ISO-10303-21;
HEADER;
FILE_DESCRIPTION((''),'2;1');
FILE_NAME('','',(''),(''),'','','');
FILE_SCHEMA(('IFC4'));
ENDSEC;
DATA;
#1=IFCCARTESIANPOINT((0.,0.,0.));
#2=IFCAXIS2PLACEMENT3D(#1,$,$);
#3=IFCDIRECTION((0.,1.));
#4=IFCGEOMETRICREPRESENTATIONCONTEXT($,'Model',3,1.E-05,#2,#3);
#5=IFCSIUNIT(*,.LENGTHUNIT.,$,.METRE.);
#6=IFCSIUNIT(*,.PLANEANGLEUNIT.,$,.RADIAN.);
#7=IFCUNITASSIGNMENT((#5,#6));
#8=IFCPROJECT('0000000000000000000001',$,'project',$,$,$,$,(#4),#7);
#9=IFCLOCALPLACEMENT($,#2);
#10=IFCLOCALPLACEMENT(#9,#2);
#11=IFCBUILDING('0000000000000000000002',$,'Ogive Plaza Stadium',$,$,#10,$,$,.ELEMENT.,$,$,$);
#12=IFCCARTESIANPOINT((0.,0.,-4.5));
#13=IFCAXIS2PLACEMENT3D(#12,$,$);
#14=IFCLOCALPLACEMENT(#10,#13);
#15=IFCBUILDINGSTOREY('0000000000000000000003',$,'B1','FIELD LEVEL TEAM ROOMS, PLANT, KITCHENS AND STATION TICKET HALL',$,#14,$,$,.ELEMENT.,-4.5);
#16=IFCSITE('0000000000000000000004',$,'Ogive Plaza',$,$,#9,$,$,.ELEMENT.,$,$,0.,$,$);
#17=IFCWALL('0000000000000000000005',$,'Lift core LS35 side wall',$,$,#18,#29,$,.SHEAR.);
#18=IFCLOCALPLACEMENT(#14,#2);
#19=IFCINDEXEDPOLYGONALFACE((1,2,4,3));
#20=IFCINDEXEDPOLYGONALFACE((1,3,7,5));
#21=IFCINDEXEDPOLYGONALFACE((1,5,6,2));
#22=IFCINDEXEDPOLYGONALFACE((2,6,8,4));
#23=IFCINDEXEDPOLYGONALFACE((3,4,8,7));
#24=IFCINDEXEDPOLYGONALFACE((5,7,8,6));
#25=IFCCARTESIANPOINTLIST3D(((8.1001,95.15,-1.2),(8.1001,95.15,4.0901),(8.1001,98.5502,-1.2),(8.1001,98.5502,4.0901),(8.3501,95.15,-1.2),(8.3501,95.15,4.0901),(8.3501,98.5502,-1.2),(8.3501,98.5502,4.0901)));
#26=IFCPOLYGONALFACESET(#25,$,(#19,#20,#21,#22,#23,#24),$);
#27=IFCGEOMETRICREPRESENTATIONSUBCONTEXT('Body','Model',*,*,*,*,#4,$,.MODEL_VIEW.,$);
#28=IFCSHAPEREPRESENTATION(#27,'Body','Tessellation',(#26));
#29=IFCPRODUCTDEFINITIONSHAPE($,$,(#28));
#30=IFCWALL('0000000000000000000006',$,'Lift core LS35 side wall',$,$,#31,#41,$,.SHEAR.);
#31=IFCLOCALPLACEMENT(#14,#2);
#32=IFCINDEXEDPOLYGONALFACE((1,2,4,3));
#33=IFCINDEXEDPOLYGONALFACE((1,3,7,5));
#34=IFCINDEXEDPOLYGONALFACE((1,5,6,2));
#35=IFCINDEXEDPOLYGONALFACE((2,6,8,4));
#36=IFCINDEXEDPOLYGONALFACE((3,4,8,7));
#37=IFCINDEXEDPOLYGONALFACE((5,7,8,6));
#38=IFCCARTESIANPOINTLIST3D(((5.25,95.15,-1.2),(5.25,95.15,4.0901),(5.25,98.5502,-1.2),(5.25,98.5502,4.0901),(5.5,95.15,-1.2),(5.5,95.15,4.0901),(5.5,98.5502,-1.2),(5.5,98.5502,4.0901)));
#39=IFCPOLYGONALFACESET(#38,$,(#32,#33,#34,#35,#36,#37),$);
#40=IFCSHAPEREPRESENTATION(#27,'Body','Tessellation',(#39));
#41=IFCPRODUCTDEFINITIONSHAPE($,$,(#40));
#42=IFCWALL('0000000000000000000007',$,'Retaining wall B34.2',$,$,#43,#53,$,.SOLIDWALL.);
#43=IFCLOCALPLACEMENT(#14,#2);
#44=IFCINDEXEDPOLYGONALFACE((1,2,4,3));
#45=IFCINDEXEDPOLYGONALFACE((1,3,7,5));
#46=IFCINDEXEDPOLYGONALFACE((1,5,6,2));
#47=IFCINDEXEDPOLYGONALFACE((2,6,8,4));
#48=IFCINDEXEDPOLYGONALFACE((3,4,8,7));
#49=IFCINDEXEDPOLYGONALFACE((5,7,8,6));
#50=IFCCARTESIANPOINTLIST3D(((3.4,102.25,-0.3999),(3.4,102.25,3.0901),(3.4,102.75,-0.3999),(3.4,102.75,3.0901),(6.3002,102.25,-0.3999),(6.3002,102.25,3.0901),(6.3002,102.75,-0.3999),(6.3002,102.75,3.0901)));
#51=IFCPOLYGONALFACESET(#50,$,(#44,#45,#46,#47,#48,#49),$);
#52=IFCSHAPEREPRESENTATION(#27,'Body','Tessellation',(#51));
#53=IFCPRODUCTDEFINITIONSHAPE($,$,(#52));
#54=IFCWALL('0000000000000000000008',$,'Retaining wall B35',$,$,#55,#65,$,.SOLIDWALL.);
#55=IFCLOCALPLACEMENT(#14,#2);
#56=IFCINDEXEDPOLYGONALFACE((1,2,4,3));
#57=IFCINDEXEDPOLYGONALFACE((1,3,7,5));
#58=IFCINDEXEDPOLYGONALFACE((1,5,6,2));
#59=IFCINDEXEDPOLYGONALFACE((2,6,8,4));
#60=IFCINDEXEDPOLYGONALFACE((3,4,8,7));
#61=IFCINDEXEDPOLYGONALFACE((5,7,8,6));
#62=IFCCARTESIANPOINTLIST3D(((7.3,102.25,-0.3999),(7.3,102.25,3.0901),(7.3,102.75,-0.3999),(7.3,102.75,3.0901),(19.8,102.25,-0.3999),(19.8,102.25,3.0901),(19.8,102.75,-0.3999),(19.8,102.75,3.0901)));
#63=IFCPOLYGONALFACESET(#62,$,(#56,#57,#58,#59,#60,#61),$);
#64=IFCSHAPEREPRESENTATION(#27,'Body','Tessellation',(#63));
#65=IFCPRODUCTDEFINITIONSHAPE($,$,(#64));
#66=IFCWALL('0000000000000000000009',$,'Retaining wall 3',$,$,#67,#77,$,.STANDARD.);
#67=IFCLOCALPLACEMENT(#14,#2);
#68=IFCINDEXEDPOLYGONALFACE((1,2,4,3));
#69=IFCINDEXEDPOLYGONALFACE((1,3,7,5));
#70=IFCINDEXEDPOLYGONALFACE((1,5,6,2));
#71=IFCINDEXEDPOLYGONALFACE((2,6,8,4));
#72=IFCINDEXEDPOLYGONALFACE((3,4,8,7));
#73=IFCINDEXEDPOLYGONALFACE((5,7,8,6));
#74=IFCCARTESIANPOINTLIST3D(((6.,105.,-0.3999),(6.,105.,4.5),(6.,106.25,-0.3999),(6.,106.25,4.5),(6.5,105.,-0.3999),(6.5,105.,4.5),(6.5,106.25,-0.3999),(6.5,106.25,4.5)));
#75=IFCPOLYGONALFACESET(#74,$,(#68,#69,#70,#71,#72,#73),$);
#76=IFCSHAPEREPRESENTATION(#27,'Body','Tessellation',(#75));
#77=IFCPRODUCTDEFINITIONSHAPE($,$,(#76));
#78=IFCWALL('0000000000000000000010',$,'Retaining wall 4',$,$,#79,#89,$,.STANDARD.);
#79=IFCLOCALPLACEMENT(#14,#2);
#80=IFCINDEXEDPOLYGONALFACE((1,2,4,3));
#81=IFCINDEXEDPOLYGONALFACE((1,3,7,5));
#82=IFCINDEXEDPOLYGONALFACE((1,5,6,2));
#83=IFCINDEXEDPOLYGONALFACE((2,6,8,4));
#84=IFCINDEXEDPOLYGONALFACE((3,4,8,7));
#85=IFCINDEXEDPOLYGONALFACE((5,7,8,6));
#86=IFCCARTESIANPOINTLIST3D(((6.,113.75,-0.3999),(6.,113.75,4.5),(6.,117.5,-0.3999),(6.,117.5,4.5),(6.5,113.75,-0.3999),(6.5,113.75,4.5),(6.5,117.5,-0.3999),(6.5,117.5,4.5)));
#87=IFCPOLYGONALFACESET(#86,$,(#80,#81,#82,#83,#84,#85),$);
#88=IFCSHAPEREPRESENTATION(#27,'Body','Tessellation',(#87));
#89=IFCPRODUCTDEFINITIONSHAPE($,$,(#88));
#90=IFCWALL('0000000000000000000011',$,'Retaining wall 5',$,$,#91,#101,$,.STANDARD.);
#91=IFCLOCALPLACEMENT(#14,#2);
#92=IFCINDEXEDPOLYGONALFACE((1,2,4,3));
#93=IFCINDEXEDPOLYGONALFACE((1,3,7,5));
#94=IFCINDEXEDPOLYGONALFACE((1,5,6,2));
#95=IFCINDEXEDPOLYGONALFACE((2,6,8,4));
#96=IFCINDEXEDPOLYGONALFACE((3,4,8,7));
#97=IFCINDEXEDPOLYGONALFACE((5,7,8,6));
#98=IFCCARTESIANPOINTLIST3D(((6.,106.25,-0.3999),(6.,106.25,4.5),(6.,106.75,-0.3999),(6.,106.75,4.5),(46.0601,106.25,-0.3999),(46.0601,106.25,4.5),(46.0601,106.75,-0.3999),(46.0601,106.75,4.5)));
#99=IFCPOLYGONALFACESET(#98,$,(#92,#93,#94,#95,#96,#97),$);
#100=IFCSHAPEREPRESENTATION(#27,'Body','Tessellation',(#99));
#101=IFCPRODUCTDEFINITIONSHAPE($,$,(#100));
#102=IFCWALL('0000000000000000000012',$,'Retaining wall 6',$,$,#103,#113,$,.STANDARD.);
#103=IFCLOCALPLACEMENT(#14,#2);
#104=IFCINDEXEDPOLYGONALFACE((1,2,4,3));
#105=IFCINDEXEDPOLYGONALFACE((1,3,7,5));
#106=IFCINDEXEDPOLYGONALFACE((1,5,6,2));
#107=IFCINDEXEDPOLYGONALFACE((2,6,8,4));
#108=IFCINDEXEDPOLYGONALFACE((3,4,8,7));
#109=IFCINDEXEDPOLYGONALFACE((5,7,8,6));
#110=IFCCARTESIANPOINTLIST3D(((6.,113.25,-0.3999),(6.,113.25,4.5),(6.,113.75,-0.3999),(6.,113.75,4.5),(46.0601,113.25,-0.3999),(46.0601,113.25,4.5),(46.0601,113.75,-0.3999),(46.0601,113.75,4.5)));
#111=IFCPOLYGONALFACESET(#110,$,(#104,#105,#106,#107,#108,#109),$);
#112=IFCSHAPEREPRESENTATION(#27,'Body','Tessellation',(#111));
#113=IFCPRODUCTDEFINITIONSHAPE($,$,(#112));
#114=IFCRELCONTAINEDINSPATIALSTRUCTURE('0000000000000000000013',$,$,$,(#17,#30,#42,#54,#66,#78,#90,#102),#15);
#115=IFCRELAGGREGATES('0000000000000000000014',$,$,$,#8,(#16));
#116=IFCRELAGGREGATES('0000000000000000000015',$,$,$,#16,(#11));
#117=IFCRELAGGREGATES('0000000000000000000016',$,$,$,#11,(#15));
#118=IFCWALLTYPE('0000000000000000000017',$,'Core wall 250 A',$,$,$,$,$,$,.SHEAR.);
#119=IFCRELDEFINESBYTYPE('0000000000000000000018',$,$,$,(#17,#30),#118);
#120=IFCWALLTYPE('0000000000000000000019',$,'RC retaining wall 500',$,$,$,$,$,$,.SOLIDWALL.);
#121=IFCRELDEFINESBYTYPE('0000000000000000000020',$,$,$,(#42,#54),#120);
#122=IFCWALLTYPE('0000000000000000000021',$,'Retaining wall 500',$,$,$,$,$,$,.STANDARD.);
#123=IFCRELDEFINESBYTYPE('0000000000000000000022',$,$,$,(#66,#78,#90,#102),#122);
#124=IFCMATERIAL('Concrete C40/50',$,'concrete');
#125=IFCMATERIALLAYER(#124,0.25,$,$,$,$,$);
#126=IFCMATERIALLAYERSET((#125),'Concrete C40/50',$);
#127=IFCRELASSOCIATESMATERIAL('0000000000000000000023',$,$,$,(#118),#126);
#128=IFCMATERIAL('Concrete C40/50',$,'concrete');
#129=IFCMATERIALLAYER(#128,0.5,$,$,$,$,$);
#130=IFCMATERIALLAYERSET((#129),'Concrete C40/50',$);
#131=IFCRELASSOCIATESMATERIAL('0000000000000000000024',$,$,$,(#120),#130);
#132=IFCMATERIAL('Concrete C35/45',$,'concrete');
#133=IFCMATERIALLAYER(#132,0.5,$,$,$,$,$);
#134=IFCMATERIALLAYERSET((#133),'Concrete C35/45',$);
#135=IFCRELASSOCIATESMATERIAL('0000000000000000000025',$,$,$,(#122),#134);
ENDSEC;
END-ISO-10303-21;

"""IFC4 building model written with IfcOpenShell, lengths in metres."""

from ifc_helpers import new_model, si_unit, direction, frame, frame_2d, origin, place, context, subcontext, project, spatial, rectangle, extrude, material, layer, layer_set, type_object, element, save


model = new_model("IFC4")

# Units and contexts
model_context = context("Model", 3, precision=1e-05, world=origin(), true_north=direction((0.0, 1.0)))
body_context = subcontext(model_context, "Body", "Model", "MODEL_VIEW")
ifc_project = project(units=[si_unit("LENGTHUNIT", "METRE"), si_unit("PLANEANGLEUNIT", "RADIAN")], contexts=[model_context])

# Site, building, storey
site_placement = place(None, origin())
site = spatial("IfcSite", under=ifc_project, at=site_placement, Name="Ogive Plaza", CompositionType="ELEMENT", RefElevation=0.0)
building_placement = place(site_placement, origin())
building = spatial("IfcBuilding", under=site, at=building_placement, Name="Ogive Plaza Stadium", CompositionType="ELEMENT")
storey_placement = place(building_placement, frame((0.0, 0.0, -4.5)))
storey = spatial("IfcBuildingStorey", under=building, at=storey_placement, Name="B1", Description="FIELD LEVEL TEAM ROOMS, PLANT, KITCHENS AND STATION TICKET HALL", CompositionType="ELEMENT", Elevation=-4.5)

# Shared definitions
ifc_material_1 = material(Name="Concrete C40/50", Category="concrete")
ifc_layer_1 = layer(ifc_material_1, 0.25)
ifc_layer_set_1 = layer_set([ifc_layer_1], Name="Concrete C40/50")
wall_type_1 = type_object("IfcWallType", Name="Core wall 250 A", PredefinedType="SHEAR", material=ifc_layer_set_1)

# Walls
for number, where, z_axis, x_axis, name in (
    (1, (8.2251, 95.1499, -1.2), (0.0, 0.0, 1.0), (0.0, 1.0, 0.0), "Lift core LS35 side wall"),
    (2, (5.375, 95.1499, -1.2), (0.0, 0.0, 1.0), (0.0, 1.0, 0.0), "Lift core LS35 side wall"),
):
    element("IfcWall", number, at=place(storey_placement, frame(where, z_axis=z_axis, x_axis=x_axis)), inside=storey, type_object=wall_type_1, Name=name, PredefinedType="SHEAR", context=body_context, shape_type="SweptSolid", body=[
        extrude(rectangle(XDim=3.4001, YDim=0.25, at=frame_2d((1.7002, 0.0))), origin(), (0.0, 0.0, 1.0), 5.29),
    ])
ifc_material_2 = material(Name="Concrete C40/50", Category="concrete")
ifc_layer_2 = layer(ifc_material_2, 0.5)
ifc_layer_set_2 = layer_set([ifc_layer_2], Name="Concrete C40/50")
wall_type_2 = type_object("IfcWallType", Name="RC retaining wall 500", PredefinedType="SOLIDWALL", material=ifc_layer_set_2)
wall_1_placement = place(storey_placement, frame((3.3999, 102.5, -0.3999), z_axis=(0.0, 0.0, 1.0), x_axis=(1.0, 0.0, 0.0)))
element("IfcWall", 3, at=wall_1_placement, inside=storey, type_object=wall_type_2, Name="Retaining wall B34.2", PredefinedType="SOLIDWALL", context=body_context, shape_type="SweptSolid", body=[
    extrude(rectangle(XDim=2.9001, YDim=0.5, at=frame_2d((1.4502, 0.0))), origin(), (0.0, 0.0, 1.0), 3.49),
])
wall_2_placement = place(storey_placement, frame((7.3, 102.5, -0.3999), z_axis=(0.0, 0.0, 1.0), x_axis=(1.0, 0.0, 0.0)))
element("IfcWall", 4, at=wall_2_placement, inside=storey, type_object=wall_type_2, Name="Retaining wall B35", PredefinedType="SOLIDWALL", context=body_context, shape_type="SweptSolid", body=[
    extrude(rectangle(XDim=12.5, YDim=0.5, at=frame_2d((6.25, 0.0))), origin(), (0.0, 0.0, 1.0), 3.49),
])
ifc_material_3 = material(Name="Concrete C35/45", Category="concrete")
ifc_layer_3 = layer(ifc_material_3, 0.5)
ifc_layer_set_3 = layer_set([ifc_layer_3], Name="Concrete C35/45")
wall_type_3 = type_object("IfcWallType", Name="Retaining wall 500", PredefinedType="STANDARD", material=ifc_layer_set_3)
wall_3_placement = place(storey_placement, frame((6.25, 105.0, -0.3999), z_axis=(0.0, 0.0, 1.0), x_axis=(0.0, 1.0, 0.0)))
element("IfcWall", 5, at=wall_3_placement, inside=storey, type_object=wall_type_3, Name="Retaining wall 3", PredefinedType="STANDARD", context=body_context, shape_type="SweptSolid", body=[
    extrude(rectangle(XDim=1.25, YDim=0.5, at=frame_2d((0.625, 0.0))), origin(), (0.0, 0.0, 1.0), 4.8999),
])
wall_4_placement = place(storey_placement, frame((6.25, 113.75, -0.3999), z_axis=(0.0, 0.0, 1.0), x_axis=(0.0, 1.0, 0.0)))
element("IfcWall", 6, at=wall_4_placement, inside=storey, type_object=wall_type_3, Name="Retaining wall 4", PredefinedType="STANDARD", context=body_context, shape_type="SweptSolid", body=[
    extrude(rectangle(XDim=3.75, YDim=0.5, at=frame_2d((1.875, 0.0))), origin(), (0.0, 0.0, 1.0), 4.8999),
])
for number, where, z_axis, x_axis, name in (
    (7, (6.0, 106.5, -0.3999), (0.0, 0.0, 1.0), (1.0, 0.0, 0.0), "Retaining wall 5"),
    (8, (6.0, 113.5, -0.3999), (0.0, 0.0, 1.0), (1.0, 0.0, 0.0), "Retaining wall 6"),
):
    element("IfcWall", number, at=place(storey_placement, frame(where, z_axis=z_axis, x_axis=x_axis)), inside=storey, type_object=wall_type_3, Name=name, PredefinedType="STANDARD", context=body_context, shape_type="SweptSolid", body=[
        extrude(rectangle(XDim=40.0601, YDim=0.5, at=frame_2d((20.03, 0.0))), origin(), (0.0, 0.0, 1.0), 4.8999),
    ])

save(model, "model.ifc")
